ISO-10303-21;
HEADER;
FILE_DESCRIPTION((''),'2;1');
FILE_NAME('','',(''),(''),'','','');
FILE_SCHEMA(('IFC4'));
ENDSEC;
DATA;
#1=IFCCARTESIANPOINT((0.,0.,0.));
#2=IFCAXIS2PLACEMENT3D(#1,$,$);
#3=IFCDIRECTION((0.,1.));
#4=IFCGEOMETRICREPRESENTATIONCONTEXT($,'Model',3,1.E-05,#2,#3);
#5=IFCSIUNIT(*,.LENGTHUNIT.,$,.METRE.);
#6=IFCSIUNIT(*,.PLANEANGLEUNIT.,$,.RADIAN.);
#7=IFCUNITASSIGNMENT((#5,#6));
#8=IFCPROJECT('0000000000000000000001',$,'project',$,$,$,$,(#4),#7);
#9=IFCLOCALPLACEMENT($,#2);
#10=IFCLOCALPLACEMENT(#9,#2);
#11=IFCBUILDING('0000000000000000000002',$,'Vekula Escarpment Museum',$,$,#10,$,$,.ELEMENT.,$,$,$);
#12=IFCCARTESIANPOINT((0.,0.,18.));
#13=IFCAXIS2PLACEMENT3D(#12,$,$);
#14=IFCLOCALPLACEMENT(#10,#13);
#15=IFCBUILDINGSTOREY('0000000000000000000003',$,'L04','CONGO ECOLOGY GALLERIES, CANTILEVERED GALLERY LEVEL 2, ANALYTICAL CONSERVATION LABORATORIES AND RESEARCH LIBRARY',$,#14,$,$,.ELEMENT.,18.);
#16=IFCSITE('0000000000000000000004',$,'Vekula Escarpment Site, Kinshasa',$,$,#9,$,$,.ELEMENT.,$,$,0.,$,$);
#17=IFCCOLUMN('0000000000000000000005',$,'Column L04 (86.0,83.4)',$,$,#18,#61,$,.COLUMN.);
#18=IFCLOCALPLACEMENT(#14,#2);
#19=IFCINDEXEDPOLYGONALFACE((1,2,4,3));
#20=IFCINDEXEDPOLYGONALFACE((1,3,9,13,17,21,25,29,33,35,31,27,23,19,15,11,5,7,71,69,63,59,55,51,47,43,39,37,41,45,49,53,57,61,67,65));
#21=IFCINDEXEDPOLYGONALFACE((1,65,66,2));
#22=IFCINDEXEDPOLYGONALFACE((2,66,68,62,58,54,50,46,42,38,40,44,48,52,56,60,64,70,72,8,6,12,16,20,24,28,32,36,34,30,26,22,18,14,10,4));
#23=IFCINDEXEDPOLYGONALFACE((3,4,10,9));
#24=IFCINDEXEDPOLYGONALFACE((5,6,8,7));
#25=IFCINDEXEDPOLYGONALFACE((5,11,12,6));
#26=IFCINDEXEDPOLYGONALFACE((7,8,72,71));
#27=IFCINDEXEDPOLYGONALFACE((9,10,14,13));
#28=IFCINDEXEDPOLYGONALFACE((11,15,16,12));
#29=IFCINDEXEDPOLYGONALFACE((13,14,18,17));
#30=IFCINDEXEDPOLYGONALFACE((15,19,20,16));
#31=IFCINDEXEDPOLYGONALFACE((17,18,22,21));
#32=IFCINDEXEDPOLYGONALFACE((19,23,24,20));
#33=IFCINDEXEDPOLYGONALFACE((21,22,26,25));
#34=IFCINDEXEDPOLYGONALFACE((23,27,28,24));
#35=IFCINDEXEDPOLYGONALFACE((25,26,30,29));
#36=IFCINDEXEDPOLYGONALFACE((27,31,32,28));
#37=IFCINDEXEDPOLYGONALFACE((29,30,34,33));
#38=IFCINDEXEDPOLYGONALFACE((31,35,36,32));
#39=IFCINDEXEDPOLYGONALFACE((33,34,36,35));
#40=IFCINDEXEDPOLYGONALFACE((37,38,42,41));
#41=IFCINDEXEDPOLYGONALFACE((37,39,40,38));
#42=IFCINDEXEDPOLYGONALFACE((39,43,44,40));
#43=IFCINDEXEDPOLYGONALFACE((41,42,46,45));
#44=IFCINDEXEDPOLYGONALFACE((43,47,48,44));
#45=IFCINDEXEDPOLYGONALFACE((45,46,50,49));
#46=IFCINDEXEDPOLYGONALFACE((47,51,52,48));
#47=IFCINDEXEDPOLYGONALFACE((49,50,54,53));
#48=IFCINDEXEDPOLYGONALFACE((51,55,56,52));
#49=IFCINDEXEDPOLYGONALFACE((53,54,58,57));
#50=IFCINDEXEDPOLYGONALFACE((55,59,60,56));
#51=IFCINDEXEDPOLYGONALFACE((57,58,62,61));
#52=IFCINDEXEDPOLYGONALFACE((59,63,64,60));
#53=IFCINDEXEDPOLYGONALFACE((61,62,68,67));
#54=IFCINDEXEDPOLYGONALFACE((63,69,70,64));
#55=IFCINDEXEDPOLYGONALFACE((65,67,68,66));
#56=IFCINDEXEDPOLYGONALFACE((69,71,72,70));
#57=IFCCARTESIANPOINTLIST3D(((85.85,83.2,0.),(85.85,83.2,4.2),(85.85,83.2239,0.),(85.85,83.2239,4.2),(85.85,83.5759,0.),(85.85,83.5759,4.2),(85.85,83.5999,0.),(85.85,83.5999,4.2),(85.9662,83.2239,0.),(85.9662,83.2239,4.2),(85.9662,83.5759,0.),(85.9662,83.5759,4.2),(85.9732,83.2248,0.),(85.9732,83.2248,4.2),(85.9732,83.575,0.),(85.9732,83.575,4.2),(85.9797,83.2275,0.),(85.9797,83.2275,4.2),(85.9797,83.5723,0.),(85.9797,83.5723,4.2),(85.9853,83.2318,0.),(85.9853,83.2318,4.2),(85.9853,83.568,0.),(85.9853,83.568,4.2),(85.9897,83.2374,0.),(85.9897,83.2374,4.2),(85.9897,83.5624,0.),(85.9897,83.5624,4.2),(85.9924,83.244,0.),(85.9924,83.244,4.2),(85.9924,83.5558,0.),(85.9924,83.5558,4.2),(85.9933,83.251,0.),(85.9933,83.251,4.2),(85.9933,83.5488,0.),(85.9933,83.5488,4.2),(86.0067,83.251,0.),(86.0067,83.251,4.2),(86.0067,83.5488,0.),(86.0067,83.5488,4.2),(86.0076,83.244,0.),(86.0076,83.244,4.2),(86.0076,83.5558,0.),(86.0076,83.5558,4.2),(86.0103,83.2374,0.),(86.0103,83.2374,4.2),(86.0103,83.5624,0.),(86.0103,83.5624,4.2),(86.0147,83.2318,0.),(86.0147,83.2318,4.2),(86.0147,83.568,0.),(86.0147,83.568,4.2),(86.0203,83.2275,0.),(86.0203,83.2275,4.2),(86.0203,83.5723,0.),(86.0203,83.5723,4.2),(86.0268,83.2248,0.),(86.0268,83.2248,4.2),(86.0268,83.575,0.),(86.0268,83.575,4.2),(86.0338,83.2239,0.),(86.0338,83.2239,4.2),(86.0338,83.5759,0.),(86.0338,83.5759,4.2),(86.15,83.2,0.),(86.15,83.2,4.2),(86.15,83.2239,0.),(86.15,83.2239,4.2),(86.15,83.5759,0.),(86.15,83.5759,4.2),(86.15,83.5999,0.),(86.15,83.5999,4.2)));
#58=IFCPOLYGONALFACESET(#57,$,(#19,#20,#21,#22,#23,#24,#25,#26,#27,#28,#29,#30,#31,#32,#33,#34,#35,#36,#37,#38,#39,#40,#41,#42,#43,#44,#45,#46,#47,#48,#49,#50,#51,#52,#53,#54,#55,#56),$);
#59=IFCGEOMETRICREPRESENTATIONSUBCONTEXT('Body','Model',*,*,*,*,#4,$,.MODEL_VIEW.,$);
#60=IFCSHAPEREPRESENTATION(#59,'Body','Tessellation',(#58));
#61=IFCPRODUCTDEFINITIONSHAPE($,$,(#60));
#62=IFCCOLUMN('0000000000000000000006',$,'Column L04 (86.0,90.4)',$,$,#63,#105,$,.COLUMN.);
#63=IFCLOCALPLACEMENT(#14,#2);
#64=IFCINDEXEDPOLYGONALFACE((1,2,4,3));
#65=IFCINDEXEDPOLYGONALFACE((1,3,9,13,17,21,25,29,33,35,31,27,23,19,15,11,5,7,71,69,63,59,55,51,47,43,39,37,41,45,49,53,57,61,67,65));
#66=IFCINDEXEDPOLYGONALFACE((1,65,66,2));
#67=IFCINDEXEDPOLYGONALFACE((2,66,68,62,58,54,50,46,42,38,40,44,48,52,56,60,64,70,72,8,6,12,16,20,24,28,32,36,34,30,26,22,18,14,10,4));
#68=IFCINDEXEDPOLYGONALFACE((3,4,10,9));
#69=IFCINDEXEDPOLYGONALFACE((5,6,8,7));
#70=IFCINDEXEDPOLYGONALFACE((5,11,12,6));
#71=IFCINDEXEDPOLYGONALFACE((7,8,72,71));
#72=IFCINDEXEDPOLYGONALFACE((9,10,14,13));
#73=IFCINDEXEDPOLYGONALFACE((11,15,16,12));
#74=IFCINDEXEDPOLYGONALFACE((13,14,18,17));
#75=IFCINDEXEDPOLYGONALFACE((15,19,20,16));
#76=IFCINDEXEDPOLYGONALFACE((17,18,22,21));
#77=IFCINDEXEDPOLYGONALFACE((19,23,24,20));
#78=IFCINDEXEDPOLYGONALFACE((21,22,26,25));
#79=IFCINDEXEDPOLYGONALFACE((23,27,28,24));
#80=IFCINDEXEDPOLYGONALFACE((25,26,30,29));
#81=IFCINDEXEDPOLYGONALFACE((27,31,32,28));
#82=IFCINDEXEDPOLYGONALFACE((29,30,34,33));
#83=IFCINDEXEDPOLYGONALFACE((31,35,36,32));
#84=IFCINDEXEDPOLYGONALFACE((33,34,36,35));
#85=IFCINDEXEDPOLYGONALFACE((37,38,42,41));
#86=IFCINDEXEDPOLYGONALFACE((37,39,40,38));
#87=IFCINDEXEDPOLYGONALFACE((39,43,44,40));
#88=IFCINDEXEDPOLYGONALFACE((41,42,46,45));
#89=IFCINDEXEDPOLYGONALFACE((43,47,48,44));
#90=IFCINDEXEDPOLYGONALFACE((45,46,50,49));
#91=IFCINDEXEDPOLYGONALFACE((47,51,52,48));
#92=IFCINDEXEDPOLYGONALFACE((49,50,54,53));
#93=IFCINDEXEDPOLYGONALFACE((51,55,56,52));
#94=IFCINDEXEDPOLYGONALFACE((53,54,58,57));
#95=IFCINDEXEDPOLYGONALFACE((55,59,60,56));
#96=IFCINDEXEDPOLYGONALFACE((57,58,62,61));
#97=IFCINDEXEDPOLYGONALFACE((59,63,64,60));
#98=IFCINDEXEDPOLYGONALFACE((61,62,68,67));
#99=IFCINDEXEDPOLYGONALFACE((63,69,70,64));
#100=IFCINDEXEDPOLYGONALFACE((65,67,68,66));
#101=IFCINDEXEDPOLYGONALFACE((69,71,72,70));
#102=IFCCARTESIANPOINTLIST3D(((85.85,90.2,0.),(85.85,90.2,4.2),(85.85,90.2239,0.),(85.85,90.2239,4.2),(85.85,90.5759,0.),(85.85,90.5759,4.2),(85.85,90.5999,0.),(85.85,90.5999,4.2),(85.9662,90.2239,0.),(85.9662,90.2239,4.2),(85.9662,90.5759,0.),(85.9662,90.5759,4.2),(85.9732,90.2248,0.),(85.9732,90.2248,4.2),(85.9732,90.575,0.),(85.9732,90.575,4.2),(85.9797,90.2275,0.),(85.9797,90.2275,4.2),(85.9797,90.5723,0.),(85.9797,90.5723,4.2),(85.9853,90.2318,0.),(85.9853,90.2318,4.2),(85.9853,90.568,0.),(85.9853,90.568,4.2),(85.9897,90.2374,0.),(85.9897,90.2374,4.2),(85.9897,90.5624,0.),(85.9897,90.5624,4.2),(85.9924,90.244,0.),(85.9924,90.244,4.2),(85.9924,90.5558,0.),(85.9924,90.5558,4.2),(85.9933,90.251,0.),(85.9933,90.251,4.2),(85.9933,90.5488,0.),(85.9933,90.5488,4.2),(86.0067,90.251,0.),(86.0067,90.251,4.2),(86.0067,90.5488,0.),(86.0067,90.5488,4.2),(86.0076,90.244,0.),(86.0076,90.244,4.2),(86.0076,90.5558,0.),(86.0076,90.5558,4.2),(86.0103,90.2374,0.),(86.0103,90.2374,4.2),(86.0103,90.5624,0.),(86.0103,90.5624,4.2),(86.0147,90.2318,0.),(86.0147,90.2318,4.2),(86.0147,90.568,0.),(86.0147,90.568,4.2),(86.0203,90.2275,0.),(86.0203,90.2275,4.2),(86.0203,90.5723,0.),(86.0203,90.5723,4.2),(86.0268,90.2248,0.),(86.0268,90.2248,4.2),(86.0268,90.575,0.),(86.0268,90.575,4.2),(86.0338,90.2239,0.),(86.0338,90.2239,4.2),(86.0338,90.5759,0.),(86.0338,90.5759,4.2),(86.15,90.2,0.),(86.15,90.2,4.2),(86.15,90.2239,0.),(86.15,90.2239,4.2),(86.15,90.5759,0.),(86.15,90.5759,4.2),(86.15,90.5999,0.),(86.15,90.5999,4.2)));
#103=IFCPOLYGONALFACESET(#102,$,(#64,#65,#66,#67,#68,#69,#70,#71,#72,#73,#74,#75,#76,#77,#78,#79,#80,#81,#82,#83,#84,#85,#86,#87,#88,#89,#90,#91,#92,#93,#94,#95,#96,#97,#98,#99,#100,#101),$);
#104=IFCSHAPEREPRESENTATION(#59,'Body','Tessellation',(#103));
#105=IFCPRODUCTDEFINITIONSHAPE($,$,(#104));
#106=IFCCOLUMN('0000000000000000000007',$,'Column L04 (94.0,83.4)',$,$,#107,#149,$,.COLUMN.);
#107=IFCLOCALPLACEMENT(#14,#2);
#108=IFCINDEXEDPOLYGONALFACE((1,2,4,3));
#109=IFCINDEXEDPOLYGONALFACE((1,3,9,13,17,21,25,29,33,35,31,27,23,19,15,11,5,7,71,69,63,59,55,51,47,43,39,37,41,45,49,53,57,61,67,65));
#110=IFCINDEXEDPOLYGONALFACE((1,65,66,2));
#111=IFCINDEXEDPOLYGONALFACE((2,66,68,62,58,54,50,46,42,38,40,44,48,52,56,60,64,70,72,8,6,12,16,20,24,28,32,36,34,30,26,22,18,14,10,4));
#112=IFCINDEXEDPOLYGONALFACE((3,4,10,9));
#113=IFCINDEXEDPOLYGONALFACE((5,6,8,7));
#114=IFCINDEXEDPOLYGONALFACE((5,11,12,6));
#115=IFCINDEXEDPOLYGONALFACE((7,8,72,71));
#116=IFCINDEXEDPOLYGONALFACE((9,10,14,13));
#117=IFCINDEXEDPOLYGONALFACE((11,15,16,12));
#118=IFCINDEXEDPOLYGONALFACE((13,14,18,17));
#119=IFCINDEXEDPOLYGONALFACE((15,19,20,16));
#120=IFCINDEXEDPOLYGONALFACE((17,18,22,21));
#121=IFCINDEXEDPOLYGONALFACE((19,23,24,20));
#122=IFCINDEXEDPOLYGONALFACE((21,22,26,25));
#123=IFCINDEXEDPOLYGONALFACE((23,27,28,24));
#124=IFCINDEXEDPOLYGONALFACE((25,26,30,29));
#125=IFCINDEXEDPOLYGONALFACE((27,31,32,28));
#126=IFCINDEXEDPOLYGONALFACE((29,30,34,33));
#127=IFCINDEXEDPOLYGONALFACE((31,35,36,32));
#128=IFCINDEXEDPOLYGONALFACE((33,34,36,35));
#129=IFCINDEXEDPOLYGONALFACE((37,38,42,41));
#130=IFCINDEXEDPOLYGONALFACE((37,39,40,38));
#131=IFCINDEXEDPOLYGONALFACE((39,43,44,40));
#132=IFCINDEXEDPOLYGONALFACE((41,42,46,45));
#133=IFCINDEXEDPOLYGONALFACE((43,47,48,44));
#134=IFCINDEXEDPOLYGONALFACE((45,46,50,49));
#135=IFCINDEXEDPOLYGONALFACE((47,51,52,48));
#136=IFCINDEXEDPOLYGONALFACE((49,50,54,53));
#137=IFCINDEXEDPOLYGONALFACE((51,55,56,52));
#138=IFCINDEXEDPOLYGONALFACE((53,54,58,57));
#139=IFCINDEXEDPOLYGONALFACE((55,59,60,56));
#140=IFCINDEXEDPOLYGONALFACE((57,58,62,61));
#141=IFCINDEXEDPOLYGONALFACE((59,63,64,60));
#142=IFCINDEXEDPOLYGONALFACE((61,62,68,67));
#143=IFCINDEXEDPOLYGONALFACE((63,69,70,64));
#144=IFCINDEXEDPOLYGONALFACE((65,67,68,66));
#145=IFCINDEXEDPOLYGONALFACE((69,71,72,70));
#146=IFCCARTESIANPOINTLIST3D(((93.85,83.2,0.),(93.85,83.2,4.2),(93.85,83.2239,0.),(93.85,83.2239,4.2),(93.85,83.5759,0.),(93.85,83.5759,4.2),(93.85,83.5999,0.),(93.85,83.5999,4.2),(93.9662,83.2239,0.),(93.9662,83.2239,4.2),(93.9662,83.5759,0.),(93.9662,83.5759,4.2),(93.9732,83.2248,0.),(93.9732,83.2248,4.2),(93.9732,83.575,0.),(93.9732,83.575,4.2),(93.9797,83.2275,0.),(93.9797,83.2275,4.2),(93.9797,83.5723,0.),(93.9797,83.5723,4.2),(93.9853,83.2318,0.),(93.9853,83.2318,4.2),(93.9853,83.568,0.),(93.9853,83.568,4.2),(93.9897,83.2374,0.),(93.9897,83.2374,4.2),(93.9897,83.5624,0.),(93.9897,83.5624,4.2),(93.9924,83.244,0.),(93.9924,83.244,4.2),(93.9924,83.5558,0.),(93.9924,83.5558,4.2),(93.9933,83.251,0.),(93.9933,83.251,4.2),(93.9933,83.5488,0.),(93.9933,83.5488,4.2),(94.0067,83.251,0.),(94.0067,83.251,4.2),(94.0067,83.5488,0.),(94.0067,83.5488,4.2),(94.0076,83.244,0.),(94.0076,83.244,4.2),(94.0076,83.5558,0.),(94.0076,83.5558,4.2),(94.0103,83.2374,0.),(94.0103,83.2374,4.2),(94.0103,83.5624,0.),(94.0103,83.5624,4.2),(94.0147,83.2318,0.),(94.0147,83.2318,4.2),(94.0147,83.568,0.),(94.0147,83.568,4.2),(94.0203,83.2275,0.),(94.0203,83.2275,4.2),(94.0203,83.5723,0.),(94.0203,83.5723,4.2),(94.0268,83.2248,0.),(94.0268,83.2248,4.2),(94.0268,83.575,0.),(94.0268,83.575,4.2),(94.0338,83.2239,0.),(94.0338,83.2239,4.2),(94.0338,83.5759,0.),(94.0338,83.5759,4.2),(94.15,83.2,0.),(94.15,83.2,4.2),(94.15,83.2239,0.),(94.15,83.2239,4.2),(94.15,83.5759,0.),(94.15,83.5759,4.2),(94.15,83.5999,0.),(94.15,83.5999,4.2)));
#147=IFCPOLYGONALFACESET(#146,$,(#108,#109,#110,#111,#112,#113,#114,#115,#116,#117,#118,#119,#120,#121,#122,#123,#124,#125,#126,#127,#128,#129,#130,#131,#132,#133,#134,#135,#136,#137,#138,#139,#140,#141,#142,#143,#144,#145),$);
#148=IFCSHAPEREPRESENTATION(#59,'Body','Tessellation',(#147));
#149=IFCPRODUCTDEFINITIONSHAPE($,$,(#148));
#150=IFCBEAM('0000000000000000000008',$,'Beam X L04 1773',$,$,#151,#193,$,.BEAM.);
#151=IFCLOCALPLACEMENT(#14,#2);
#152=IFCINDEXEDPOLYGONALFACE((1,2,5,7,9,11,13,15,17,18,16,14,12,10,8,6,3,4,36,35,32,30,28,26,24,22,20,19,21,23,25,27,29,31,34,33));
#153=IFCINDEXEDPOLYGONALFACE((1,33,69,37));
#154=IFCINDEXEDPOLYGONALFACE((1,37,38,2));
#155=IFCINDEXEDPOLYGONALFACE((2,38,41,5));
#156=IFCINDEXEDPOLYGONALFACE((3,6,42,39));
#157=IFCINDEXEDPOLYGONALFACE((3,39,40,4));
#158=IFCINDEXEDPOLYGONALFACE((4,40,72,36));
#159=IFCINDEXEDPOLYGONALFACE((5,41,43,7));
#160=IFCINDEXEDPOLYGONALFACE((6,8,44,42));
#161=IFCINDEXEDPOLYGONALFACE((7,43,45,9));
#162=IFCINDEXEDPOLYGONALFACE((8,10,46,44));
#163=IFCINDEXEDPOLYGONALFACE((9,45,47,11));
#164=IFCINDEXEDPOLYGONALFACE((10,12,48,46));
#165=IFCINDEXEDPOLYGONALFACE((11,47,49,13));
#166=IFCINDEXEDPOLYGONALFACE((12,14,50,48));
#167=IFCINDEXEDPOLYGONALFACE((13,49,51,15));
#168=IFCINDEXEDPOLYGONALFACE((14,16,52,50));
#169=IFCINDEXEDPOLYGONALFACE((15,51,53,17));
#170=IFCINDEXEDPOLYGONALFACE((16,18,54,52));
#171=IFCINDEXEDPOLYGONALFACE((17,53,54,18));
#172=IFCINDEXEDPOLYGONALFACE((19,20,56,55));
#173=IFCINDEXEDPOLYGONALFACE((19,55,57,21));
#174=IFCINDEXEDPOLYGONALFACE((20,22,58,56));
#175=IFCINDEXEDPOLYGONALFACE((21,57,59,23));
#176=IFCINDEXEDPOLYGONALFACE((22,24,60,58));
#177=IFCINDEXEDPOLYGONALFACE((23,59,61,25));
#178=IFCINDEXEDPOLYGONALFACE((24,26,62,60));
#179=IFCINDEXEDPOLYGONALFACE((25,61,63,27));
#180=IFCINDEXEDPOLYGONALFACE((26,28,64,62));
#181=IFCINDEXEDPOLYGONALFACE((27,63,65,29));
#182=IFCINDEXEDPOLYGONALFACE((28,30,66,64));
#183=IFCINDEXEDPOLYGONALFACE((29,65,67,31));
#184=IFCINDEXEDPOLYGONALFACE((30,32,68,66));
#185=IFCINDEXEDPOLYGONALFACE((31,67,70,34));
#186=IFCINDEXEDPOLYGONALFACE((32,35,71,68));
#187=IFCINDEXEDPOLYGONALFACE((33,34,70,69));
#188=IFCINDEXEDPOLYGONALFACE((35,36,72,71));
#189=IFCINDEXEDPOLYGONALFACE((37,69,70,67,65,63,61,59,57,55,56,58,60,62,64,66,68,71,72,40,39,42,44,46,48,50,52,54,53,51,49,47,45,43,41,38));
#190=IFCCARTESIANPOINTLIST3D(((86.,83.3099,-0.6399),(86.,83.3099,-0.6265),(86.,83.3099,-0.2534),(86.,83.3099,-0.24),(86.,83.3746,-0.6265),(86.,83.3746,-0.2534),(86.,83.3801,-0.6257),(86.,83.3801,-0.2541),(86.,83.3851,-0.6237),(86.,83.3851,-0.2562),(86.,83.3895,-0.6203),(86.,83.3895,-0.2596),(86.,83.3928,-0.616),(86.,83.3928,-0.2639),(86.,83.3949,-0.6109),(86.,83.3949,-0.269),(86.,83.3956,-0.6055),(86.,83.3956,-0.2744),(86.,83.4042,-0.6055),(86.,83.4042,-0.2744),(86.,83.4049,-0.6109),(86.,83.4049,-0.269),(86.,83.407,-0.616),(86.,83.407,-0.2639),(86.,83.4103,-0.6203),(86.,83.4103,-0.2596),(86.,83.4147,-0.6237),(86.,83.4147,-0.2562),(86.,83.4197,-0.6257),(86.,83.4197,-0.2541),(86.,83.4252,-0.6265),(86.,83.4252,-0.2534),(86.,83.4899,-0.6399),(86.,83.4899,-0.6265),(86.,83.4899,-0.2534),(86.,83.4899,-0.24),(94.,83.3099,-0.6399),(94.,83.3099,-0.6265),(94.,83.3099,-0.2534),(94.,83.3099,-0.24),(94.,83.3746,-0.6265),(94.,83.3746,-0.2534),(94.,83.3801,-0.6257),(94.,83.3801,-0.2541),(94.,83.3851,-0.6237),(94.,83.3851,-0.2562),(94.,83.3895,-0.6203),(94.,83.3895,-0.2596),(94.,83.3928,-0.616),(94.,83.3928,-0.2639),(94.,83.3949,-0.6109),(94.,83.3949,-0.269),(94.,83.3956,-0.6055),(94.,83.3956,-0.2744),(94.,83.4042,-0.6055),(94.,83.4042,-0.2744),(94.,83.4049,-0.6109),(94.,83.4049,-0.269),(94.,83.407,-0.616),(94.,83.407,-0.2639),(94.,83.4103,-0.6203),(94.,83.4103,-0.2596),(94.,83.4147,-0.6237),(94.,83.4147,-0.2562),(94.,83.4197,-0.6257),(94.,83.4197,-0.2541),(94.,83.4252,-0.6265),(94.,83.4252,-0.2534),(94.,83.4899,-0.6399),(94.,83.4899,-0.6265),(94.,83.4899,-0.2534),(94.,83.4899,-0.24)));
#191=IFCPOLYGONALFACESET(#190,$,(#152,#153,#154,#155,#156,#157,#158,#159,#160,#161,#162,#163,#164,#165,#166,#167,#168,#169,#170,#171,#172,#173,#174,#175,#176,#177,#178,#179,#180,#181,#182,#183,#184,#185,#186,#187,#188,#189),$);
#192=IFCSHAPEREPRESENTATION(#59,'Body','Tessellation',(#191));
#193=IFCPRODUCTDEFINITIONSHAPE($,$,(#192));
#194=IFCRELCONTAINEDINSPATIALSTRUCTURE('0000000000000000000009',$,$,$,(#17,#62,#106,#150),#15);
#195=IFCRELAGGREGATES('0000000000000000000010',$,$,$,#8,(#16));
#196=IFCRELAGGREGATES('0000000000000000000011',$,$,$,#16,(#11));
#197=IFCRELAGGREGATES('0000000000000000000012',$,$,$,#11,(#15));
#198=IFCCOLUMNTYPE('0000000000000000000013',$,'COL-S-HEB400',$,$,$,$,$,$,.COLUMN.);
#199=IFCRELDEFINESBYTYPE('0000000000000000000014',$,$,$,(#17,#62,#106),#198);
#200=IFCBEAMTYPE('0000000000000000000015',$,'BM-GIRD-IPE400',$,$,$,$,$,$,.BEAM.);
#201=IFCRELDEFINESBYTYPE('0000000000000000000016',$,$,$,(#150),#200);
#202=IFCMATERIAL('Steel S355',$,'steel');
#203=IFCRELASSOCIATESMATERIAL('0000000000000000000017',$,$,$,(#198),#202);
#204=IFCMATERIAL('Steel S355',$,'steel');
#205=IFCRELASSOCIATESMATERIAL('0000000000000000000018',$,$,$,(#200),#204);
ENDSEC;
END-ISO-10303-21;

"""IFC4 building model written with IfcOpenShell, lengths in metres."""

from ifc_helpers import new_model, si_unit, direction, frame, origin, origin_2d, place, context, subcontext, project, spatial, i_section, extrude, material, material_profile, profile_set, type_object, element, save


model = new_model("IFC4")

# Units and contexts
model_context = context("Model", 3, precision=1e-05, world=origin(), true_north=direction((0.0, 1.0)))
body_context = subcontext(model_context, "Body", "Model", "MODEL_VIEW")
ifc_project = project(units=[si_unit("LENGTHUNIT", "METRE"), si_unit("PLANEANGLEUNIT", "RADIAN")], contexts=[model_context])

# Site, building, storey
site_placement = place(None, origin())
site = spatial("IfcSite", under=ifc_project, at=site_placement, Name="Vekula Escarpment Site, Kinshasa", CompositionType="ELEMENT", RefElevation=0.0)
building_placement = place(site_placement, origin())
building = spatial("IfcBuilding", under=site, at=building_placement, Name="Vekula Escarpment Museum", CompositionType="ELEMENT")
storey_placement = place(building_placement, frame((0.0, 0.0, 18.0)))
storey = spatial("IfcBuildingStorey", under=building, at=storey_placement, Name="L04", Description="CONGO ECOLOGY GALLERIES, CANTILEVERED GALLERY LEVEL 2, ANALYTICAL CONSERVATION LABORATORIES AND RESEARCH LIBRARY", CompositionType="ELEMENT", Elevation=18.0)

# Columns
ifc_material_1 = material(Name="Steel S355", Category="steel")
ifc_material_profile_1 = material_profile(ifc_material_1, i_section(OverallWidth=0.3, OverallDepth=0.3999, WebThickness=0.0134, FlangeThickness=0.0239, FilletRadius=0.0271, at=origin_2d()), Name="HEB 400")
ifc_profile_set_1 = profile_set([ifc_material_profile_1], Name="Steel S355")
column_type = type_object("IfcColumnType", Name="COL-S-HEB400", PredefinedType="COLUMN", material=ifc_profile_set_1)
for number, where, z_axis, x_axis, name in (
    (1, (86.0, 83.3999, 0.0), (0.0, 0.0, 1.0), (1.0, 0.0, 0.0), "Column L04 (86.0,83.4)"),
    (2, (86.0, 90.3999, 0.0), (0.0, 0.0, 1.0), (1.0, 0.0, 0.0), "Column L04 (86.0,90.4)"),
    (3, (94.0, 83.3999, 0.0), (0.0, 0.0, 1.0), (1.0, 0.0, 0.0), "Column L04 (94.0,83.4)"),
):
    element("IfcColumn", number, at=place(storey_placement, frame(where, z_axis=z_axis, x_axis=x_axis)), inside=storey, type_object=column_type, Name=name, PredefinedType="COLUMN", context=body_context, shape_type="SweptSolid", body=[
        extrude(i_section(OverallWidth=0.3, OverallDepth=0.3999, WebThickness=0.0134, FlangeThickness=0.0239, FilletRadius=0.0271, at=origin_2d()), origin(), (0.0, 0.0, 1.0), 4.2),
    ])

# Beam
ifc_material_2 = material(Name="Steel S355", Category="steel")
ifc_material_profile_2 = material_profile(ifc_material_2, i_section(OverallWidth=0.1799, OverallDepth=0.3999, WebThickness=0.0085, FlangeThickness=0.0134, FilletRadius=0.021, at=origin_2d()), Name="IPE 400")
ifc_profile_set_2 = profile_set([ifc_material_profile_2], Name="Steel S355")
beam_type_1 = type_object("IfcBeamType", Name="BM-GIRD-IPE400", PredefinedType="BEAM", material=ifc_profile_set_2)
beam_1_placement = place(storey_placement, frame((86.0, 83.3999, -0.4399), z_axis=(1.0, 0.0, 0.0), x_axis=(0.0, 1.0, 0.0)))
element("IfcBeam", 4, at=beam_1_placement, inside=storey, type_object=beam_type_1, Name="Beam X L04 1773", PredefinedType="BEAM", context=body_context, shape_type="SweptSolid", body=[
    extrude(i_section(OverallWidth=0.1799, OverallDepth=0.3999, WebThickness=0.0085, FlangeThickness=0.0134, FilletRadius=0.021, at=origin_2d()), origin(), (0.0, 0.0, 1.0), 8.0),
])

save(model, "model.ifc")
